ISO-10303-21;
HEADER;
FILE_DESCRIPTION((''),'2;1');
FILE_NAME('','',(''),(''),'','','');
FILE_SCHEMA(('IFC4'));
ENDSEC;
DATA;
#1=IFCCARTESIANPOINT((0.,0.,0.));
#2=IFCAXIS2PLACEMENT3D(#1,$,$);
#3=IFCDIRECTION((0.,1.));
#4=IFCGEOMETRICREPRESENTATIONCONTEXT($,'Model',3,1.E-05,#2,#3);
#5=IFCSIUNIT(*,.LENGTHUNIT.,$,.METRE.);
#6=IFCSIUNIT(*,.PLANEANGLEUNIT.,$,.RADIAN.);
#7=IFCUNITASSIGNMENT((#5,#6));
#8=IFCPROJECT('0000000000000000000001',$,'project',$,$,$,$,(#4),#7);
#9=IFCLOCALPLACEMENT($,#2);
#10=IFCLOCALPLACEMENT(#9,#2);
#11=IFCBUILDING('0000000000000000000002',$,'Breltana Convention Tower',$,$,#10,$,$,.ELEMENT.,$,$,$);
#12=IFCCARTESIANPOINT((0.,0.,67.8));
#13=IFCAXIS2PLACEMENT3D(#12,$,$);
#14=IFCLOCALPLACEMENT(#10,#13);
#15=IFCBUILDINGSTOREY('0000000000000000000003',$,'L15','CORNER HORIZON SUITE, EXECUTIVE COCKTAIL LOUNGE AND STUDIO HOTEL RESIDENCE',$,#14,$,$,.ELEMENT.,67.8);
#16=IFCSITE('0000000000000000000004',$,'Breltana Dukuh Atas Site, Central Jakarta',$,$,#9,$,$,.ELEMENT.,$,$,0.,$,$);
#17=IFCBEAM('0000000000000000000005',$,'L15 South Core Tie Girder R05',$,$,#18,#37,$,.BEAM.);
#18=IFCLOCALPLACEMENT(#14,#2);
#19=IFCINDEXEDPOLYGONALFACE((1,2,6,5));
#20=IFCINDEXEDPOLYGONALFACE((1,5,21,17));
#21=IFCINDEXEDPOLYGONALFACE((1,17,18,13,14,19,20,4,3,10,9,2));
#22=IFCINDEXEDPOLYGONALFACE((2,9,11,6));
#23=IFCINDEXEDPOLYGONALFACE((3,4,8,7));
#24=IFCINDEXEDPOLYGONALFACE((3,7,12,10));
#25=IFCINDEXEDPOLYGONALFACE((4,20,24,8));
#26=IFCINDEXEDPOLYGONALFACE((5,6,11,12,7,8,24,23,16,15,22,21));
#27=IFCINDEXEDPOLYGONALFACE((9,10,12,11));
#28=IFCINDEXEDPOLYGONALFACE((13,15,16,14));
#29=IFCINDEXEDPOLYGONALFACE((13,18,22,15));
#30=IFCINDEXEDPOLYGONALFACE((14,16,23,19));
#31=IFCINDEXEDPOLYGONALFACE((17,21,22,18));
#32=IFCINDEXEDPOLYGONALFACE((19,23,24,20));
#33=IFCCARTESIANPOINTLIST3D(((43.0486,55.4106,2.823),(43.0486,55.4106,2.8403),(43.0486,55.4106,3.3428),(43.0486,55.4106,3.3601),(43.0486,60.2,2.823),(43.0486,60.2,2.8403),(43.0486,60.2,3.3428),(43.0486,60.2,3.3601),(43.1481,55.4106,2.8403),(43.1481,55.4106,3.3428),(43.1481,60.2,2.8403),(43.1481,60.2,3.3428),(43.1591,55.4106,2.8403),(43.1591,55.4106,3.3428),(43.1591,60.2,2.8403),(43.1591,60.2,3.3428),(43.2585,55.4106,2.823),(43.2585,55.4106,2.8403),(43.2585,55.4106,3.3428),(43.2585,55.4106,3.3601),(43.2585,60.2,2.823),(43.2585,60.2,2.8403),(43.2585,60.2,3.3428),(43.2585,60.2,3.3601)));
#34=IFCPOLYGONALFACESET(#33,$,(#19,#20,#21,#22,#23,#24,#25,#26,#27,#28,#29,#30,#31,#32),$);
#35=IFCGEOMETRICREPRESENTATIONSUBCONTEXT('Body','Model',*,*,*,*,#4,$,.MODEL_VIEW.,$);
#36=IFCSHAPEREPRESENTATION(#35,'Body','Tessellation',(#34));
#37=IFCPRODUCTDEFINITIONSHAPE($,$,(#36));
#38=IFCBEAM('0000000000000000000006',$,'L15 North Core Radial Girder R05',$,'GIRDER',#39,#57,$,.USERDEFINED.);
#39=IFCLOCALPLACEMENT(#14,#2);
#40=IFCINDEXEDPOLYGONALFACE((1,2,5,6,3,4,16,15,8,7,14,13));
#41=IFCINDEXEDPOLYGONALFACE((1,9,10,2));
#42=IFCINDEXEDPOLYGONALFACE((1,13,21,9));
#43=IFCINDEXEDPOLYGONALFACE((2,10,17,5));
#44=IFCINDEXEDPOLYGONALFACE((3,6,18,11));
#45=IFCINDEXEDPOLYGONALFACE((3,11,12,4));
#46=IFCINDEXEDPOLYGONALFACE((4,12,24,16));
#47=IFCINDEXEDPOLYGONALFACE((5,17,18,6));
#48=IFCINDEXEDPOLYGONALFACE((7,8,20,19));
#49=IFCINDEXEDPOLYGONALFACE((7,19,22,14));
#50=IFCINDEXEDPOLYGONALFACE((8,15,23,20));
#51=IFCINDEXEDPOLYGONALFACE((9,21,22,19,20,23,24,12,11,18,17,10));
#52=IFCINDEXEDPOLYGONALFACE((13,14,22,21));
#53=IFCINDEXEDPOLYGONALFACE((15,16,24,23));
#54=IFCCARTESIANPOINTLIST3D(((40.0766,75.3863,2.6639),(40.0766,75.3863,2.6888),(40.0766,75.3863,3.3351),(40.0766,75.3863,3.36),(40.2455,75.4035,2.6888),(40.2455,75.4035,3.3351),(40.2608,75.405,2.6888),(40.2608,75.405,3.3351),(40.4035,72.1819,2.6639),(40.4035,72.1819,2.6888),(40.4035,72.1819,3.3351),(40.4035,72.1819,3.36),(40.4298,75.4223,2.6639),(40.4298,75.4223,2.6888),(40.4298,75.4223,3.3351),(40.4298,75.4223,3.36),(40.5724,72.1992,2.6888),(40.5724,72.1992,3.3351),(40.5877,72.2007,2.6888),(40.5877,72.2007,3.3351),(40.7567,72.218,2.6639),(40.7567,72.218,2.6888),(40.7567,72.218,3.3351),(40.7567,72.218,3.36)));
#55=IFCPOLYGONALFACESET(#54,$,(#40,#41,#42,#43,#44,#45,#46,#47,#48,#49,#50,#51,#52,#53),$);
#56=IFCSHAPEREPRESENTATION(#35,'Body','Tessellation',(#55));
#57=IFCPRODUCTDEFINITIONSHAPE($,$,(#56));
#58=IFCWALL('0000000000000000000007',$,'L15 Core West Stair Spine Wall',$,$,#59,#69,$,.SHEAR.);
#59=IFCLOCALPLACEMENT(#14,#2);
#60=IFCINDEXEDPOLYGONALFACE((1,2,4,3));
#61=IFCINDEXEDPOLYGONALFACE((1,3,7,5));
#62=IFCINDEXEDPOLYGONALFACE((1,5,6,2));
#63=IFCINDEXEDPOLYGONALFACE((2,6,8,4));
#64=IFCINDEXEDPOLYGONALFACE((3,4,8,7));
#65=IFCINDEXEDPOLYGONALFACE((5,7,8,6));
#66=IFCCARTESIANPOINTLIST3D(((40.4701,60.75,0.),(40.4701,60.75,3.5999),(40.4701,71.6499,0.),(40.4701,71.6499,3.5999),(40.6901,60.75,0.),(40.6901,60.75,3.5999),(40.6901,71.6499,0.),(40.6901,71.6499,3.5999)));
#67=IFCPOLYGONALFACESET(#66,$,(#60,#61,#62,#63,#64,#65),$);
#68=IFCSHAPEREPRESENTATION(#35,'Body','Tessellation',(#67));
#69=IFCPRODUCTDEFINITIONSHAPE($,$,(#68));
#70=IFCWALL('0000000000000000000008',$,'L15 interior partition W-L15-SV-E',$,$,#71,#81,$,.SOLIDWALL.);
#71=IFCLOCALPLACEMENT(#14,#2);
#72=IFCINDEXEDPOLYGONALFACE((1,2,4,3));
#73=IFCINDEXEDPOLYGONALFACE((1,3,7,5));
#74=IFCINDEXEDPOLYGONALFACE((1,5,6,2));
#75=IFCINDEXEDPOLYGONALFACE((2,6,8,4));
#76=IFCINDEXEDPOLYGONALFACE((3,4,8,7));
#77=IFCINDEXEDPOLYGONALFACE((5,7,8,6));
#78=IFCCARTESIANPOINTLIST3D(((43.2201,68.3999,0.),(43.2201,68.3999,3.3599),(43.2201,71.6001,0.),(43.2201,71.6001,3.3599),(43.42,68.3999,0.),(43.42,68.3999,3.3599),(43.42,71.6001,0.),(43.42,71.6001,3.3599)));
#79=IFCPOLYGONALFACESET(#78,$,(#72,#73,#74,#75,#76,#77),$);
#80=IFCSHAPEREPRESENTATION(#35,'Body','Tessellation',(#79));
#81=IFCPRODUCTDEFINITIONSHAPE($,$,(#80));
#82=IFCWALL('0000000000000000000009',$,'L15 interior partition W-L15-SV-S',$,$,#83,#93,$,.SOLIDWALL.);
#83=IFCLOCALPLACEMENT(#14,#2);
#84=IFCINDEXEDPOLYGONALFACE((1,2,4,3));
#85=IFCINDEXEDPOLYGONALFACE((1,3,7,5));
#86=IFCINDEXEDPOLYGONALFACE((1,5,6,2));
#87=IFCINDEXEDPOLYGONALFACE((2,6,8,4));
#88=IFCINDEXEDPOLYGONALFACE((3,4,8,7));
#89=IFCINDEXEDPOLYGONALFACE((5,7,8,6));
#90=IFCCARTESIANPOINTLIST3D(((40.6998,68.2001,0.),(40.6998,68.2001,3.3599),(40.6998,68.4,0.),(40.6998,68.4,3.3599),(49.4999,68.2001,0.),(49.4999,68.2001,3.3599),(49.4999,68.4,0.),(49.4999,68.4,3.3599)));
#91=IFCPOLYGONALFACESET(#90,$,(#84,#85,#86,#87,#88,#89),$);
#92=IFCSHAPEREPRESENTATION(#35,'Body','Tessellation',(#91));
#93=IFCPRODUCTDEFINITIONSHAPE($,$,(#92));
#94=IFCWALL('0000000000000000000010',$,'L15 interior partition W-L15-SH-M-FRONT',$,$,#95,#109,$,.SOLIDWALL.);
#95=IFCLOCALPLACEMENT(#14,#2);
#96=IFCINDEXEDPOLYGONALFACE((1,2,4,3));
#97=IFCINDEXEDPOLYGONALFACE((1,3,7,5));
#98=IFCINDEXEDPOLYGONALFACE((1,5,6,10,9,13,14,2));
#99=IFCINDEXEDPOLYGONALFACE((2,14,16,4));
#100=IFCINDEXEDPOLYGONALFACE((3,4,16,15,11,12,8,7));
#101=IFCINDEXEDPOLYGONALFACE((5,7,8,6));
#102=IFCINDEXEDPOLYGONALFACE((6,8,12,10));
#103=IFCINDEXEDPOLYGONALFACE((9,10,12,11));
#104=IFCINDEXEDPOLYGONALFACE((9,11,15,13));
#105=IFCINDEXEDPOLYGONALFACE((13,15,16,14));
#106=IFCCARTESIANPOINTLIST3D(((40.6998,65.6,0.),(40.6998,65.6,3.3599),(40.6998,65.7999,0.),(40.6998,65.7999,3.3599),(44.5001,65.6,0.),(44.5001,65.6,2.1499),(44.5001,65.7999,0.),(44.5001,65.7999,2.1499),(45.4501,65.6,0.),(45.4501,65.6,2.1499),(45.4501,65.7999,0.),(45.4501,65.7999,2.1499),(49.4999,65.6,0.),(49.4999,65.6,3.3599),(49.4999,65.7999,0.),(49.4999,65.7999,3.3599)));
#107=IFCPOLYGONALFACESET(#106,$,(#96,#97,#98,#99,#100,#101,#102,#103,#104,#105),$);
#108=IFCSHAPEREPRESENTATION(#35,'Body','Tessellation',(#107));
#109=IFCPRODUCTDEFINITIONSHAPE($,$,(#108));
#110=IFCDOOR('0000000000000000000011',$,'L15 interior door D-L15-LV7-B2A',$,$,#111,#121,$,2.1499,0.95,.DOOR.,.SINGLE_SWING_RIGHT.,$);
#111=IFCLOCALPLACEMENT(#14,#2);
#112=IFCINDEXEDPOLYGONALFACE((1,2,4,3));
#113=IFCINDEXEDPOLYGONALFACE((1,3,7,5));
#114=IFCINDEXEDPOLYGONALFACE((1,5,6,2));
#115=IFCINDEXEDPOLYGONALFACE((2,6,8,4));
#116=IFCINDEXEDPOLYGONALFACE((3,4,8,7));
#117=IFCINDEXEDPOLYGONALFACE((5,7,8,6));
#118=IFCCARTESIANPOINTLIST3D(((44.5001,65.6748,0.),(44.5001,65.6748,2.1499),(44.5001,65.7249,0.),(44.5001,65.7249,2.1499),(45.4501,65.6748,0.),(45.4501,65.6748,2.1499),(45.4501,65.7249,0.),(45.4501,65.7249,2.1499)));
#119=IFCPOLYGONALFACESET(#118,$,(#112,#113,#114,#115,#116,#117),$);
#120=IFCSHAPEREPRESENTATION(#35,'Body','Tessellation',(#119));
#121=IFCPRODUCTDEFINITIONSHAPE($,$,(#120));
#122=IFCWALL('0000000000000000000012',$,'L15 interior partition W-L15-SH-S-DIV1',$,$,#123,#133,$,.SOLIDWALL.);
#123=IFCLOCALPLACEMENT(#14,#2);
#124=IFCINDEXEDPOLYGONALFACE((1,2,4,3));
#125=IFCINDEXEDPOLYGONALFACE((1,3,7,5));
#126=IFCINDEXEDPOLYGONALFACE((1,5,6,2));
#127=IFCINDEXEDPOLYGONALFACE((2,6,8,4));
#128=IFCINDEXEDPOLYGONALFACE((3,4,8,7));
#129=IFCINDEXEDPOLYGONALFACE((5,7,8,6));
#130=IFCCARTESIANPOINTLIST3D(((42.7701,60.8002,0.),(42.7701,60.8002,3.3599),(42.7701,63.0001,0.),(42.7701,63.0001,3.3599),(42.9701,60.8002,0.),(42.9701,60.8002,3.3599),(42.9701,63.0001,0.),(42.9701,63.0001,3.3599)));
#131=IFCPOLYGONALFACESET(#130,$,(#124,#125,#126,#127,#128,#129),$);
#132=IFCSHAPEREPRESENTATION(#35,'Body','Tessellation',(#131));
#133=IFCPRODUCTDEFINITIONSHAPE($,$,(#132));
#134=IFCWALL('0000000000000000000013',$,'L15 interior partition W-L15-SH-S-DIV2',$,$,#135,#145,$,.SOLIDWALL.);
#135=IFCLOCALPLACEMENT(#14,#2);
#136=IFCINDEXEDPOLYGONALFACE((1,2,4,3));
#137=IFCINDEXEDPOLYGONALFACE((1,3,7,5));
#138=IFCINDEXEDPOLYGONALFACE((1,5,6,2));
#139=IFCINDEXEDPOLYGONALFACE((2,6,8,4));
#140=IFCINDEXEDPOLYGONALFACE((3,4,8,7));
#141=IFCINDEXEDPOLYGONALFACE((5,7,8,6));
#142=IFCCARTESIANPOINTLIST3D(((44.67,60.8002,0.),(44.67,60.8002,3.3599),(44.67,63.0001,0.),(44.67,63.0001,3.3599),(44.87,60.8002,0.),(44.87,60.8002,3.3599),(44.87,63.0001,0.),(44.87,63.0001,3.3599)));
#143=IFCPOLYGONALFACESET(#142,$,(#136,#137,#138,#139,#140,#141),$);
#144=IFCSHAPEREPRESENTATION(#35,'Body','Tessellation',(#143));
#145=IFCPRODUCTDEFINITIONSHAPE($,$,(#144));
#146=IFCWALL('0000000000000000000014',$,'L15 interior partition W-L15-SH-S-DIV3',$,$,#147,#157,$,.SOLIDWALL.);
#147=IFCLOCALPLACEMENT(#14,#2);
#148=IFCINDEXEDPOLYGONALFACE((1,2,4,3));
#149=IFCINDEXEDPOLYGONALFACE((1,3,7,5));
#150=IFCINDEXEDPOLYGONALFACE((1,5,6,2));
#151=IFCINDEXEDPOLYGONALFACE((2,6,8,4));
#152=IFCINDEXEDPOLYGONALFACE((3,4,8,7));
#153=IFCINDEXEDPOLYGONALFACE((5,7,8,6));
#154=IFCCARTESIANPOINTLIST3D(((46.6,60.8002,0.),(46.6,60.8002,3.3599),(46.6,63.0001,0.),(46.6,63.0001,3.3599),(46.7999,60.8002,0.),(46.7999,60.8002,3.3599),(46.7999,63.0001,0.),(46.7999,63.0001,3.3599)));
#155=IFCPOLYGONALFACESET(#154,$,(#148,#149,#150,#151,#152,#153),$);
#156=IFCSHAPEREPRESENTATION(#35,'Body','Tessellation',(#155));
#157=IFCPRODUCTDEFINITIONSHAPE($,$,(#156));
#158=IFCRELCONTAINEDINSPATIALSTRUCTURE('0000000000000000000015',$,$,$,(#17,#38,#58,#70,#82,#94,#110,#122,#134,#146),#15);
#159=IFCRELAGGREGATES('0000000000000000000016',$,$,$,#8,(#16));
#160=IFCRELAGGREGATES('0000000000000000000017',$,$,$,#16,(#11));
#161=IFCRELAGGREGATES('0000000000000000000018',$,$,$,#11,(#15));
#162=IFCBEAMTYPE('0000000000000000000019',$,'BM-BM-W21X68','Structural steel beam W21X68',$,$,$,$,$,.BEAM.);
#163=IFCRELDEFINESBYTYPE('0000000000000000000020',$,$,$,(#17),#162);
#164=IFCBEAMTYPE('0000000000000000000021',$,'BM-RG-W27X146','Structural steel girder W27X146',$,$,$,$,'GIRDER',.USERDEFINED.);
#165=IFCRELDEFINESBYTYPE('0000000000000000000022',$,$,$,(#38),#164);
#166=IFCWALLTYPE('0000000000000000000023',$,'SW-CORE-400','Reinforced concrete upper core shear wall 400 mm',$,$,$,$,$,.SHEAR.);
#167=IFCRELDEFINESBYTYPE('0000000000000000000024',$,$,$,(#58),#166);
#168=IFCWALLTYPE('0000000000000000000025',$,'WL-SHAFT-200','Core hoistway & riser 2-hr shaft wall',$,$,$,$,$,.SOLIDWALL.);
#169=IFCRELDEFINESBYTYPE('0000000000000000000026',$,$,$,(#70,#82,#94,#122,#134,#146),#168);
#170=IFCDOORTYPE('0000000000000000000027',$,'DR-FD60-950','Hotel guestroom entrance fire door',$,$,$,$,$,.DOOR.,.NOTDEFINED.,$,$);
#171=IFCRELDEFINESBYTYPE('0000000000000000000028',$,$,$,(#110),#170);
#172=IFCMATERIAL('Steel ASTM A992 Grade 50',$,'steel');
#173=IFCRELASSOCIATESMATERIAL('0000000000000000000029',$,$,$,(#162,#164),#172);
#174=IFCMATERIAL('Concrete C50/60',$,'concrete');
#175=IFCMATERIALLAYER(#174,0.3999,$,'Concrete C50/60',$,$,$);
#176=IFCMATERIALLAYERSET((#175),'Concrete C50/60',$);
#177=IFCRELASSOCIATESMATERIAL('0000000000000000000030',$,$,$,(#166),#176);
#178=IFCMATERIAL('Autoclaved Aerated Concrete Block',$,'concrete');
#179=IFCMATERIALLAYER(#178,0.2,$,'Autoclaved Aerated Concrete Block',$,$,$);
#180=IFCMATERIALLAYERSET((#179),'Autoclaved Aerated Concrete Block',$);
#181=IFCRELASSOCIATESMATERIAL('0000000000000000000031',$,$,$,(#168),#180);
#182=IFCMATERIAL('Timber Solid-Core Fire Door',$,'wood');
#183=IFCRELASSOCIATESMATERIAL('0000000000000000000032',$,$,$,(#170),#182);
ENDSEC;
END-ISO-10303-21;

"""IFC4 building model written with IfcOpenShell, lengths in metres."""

from ifc_helpers import new_model, si_unit, direction, frame, frame_2d, origin, origin_2d, place, context, subcontext, project, spatial, rectangle, i_section, extrude, source, transform, mapped, material, layer, layer_set, material_profile, profile_set, type_object, type_shapes, element, fill, save


model = new_model("IFC4")

# Units and contexts
model_context = context("Model", 3, precision=1e-05, world=origin(), true_north=direction((0.0, 1.0)))
body_context = subcontext(model_context, "Body", "Model", "MODEL_VIEW")
ifc_project = project(units=[si_unit("LENGTHUNIT", "METRE"), si_unit("PLANEANGLEUNIT", "RADIAN")], contexts=[model_context])

# Site, building, storey
site_placement = place(None, origin())
site = spatial("IfcSite", under=ifc_project, at=site_placement, Name="Breltana Dukuh Atas Site, Central Jakarta", CompositionType="ELEMENT", RefElevation=0.0)
building_placement = place(site_placement, origin())
building = spatial("IfcBuilding", under=site, at=building_placement, Name="Breltana Convention Tower", CompositionType="ELEMENT")
storey_placement = place(building_placement, frame((0.0, 0.0, 67.8)))
storey = spatial("IfcBuildingStorey", under=building, at=storey_placement, Name="L15", Description="CORNER HORIZON SUITE, EXECUTIVE COCKTAIL LOUNGE AND STUDIO HOTEL RESIDENCE", CompositionType="ELEMENT", Elevation=67.8)

# Beams
ifc_material_1 = material(Name="Steel ASTM A992 Grade 50", Category="steel")
ifc_material_profile_1 = material_profile(ifc_material_1, i_section(OverallWidth=0.21, OverallDepth=0.5371, WebThickness=0.011, FlangeThickness=0.0173, at=origin_2d()), Name="W21X68")
ifc_profile_set_1 = profile_set([ifc_material_profile_1], Name="Steel ASTM A992 Grade 50")
beam_type_1 = type_object("IfcBeamType", Name="BM-BM-W21X68", Description="Structural steel beam W21X68", PredefinedType="BEAM", material=ifc_profile_set_1)
shared_shape_1 = source(origin(), body_context, "Body", "SweptSolid", [
    extrude(i_section(OverallWidth=0.21, OverallDepth=0.5371, WebThickness=0.011, FlangeThickness=0.0173, at=origin_2d()), origin(), (0.0, 0.0, 1.0), 4.7893),
])
beam_1_placement = place(storey_placement, frame((43.1536, 60.2, 3.0916), z_axis=(0.0, -1.0, 0.0), x_axis=(1.0, 0.0, 0.0)))
element("IfcBeam", 1, at=beam_1_placement, inside=storey, type_object=beam_type_1, Name="L15 South Core Tie Girder R05", PredefinedType="BEAM", context=body_context, shape_type="MappedRepresentation", body=[
    mapped(shared_shape_1, transform((0.0, 0.0, 0.0), scale=1.0)),
])
ifc_material_profile_2 = material_profile(ifc_material_1, i_section(OverallWidth=0.355, OverallDepth=0.696, WebThickness=0.0154, FlangeThickness=0.0249, at=origin_2d()), Name="W27X146")
ifc_profile_set_2 = profile_set([ifc_material_profile_2], Name="Steel ASTM A992 Grade 50")
beam_type_2 = type_object("IfcBeamType", Name="BM-RG-W27X146", Description="Structural steel girder W27X146", ElementType="GIRDER", PredefinedType="USERDEFINED", material=ifc_profile_set_2)
shared_shape_2 = source(origin(), body_context, "Body", "SweptSolid", [
    extrude(i_section(OverallWidth=0.355, OverallDepth=0.696, WebThickness=0.0154, FlangeThickness=0.0249, at=origin_2d()), origin(), (0.0, 0.0, 1.0), 3.2209),
])
beam_2_placement = place(storey_placement, frame((40.5801, 72.2, 3.012), z_axis=(-0.101492, 0.994836, 0.0), x_axis=(-0.994836, -0.101492, 0.0)))
element("IfcBeam", 2, at=beam_2_placement, inside=storey, type_object=beam_type_2, Name="L15 North Core Radial Girder R05", ObjectType="GIRDER", PredefinedType="USERDEFINED", context=body_context, shape_type="MappedRepresentation", body=[
    mapped(shared_shape_2, transform((0.0, 0.0, 0.0), scale=1.0)),
])

# Walls
ifc_material_2 = material(Name="Concrete C50/60", Category="concrete")
ifc_layer_1 = layer(ifc_material_2, 0.3999, Name="Concrete C50/60")
ifc_layer_set_1 = layer_set([ifc_layer_1], Name="Concrete C50/60")
wall_type_1 = type_object("IfcWallType", Name="SW-CORE-400", Description="Reinforced concrete upper core shear wall 400 mm", PredefinedType="SHEAR", material=ifc_layer_set_1)
shared_shape_3 = source(origin(), body_context, "Body", "SweptSolid", [
    extrude(rectangle(XDim=10.8999, YDim=0.22, at=frame_2d((5.45, 0.0))), origin(), (0.0, 0.0, 1.0), 3.5999),
])
wall_1_placement = place(storey_placement, frame((40.5801, 60.75, 0.0), z_axis=(0.0, 0.0, 1.0), x_axis=(0.0, 1.0, 0.0)))
element("IfcWall", 3, at=wall_1_placement, inside=storey, type_object=wall_type_1, Name="L15 Core West Stair Spine Wall", PredefinedType="SHEAR", context=body_context, shape_type="MappedRepresentation", body=[
    mapped(shared_shape_3, transform((0.0, 0.0, 0.0), scale=1.0)),
])
ifc_material_3 = material(Name="Autoclaved Aerated Concrete Block", Category="concrete")
ifc_layer_2 = layer(ifc_material_3, 0.2, Name="Autoclaved Aerated Concrete Block")
ifc_layer_set_2 = layer_set([ifc_layer_2], Name="Autoclaved Aerated Concrete Block")
wall_type_2 = type_object("IfcWallType", Name="WL-SHAFT-200", Description="Core hoistway & riser 2-hr shaft wall", PredefinedType="SOLIDWALL", material=ifc_layer_set_2)
shared_shape_4 = source(origin(), body_context, "Body", "SweptSolid", [
    extrude(rectangle(XDim=3.2002, YDim=0.2, at=frame_2d((1.6001, 0.0))), origin(), (0.0, 0.0, 1.0), 3.3599),
])
wall_2_placement = place(storey_placement, frame((43.3201, 68.3999, 0.0), z_axis=(0.0, 0.0, 1.0), x_axis=(0.0, 1.0, 0.0)))
element("IfcWall", 4, at=wall_2_placement, inside=storey, type_object=wall_type_2, Name="L15 interior partition W-L15-SV-E", PredefinedType="SOLIDWALL", context=body_context, shape_type="MappedRepresentation", body=[
    mapped(shared_shape_4, transform((0.0, 0.0, 0.0), scale=1.0)),
])
shared_shape_5 = source(origin(), body_context, "Body", "SweptSolid", [
    extrude(rectangle(XDim=8.8, YDim=0.2, at=frame_2d((4.3999, 0.0))), origin(), (0.0, 0.0, 1.0), 3.3599),
])
wall_3_placement = place(storey_placement, frame((40.7, 68.3, 0.0), z_axis=(0.0, 0.0, 1.0), x_axis=(1.0, 0.0, 0.0)))
element("IfcWall", 5, at=wall_3_placement, inside=storey, type_object=wall_type_2, Name="L15 interior partition W-L15-SV-S", PredefinedType="SOLIDWALL", context=body_context, shape_type="MappedRepresentation", body=[
    mapped(shared_shape_5, transform((0.0, 0.0, 0.0), scale=1.0)),
])

# Wall, opening, door
wall_4_placement = place(storey_placement, frame((40.7, 65.7, 0.0), z_axis=(0.0, 0.0, 1.0), x_axis=(1.0, 0.0, 0.0)))
wall_4 = element("IfcWall", 6, at=wall_4_placement, inside=storey, type_object=wall_type_2, Name="L15 interior partition W-L15-SH-M-FRONT", PredefinedType="SOLIDWALL", context=body_context, shape_type="MappedRepresentation", body=[
    mapped(shared_shape_5, transform((0.0, 0.0, 0.0), scale=1.0)),
])
opening_1_placement = place(wall_4_placement, frame((3.8, 0.0, 0.0)))
opening_1 = element("IfcOpeningElement", 7, at=opening_1_placement, cuts=wall_4, PredefinedType="OPENING", context=body_context, shape_type="SweptSolid", body=[
    extrude(rectangle(XDim=0.95, YDim=2.1499, at=frame_2d((0.4751, 1.075))), frame((0.0, 0.1099, 0.0), z_axis=(0.0, -1.0, 0.0), x_axis=(1.0, 0.0, 0.0)), (0.0, 0.0, 1.0), 0.22),
])
ifc_material_4 = material(Name="Timber Solid-Core Fire Door", Category="wood")
door_type_1 = type_object("IfcDoorType", Name="DR-FD60-950", Description="Hotel guestroom entrance fire door", OperationType="NOTDEFINED", PredefinedType="DOOR", material=ifc_material_4)
shared_shape_6 = source(origin(), body_context, "Body", "SweptSolid", [
    extrude(rectangle(XDim=0.95, YDim=2.1499, at=frame_2d((0.4751, 1.075))), frame((0.0, 0.0249, 0.0), z_axis=(0.0, -1.0, 0.0), x_axis=(1.0, 0.0, 0.0)), (0.0, 0.0, 1.0), 0.05),
])
type_shapes(door_type_1, [shared_shape_6])
door_1_placement = place(opening_1_placement, origin())
door_1 = element("IfcDoor", 8, at=door_1_placement, inside=storey, type_object=door_type_1, Name="L15 interior door D-L15-LV7-B2A", OperationType="SINGLE_SWING_RIGHT", OverallHeight=2.1499, OverallWidth=0.95, PredefinedType="DOOR", context=body_context, shape_type="MappedRepresentation", body=[
    mapped(shared_shape_6, transform((0.0, 0.0, 0.0), scale=1.0)),
])
fill(opening_1, door_1)

# Walls
shared_shape_7 = source(origin(), body_context, "Body", "SweptSolid", [
    extrude(rectangle(XDim=2.2, YDim=0.2, at=frame_2d((1.1001, 0.0))), origin(), (0.0, 0.0, 1.0), 3.3599),
])
for number, where, z_axis, x_axis, name in (
    (9, (42.8701, 60.8, 0.0), (0.0, 0.0, 1.0), (0.0, 1.0, 0.0), "L15 interior partition W-L15-SH-S-DIV1"),
    (10, (44.77, 60.8, 0.0), (0.0, 0.0, 1.0), (0.0, 1.0, 0.0), "L15 interior partition W-L15-SH-S-DIV2"),
    (11, (46.7, 60.8, 0.0), (0.0, 0.0, 1.0), (0.0, 1.0, 0.0), "L15 interior partition W-L15-SH-S-DIV3"),
):
    element("IfcWall", number, at=place(storey_placement, frame(where, z_axis=z_axis, x_axis=x_axis)), inside=storey, type_object=wall_type_2, Name=name, PredefinedType="SOLIDWALL", context=body_context, shape_type="MappedRepresentation", body=[
        mapped(shared_shape_7, transform((0.0, 0.0, 0.0), scale=1.0)),
    ])

save(model, "model.ifc")
